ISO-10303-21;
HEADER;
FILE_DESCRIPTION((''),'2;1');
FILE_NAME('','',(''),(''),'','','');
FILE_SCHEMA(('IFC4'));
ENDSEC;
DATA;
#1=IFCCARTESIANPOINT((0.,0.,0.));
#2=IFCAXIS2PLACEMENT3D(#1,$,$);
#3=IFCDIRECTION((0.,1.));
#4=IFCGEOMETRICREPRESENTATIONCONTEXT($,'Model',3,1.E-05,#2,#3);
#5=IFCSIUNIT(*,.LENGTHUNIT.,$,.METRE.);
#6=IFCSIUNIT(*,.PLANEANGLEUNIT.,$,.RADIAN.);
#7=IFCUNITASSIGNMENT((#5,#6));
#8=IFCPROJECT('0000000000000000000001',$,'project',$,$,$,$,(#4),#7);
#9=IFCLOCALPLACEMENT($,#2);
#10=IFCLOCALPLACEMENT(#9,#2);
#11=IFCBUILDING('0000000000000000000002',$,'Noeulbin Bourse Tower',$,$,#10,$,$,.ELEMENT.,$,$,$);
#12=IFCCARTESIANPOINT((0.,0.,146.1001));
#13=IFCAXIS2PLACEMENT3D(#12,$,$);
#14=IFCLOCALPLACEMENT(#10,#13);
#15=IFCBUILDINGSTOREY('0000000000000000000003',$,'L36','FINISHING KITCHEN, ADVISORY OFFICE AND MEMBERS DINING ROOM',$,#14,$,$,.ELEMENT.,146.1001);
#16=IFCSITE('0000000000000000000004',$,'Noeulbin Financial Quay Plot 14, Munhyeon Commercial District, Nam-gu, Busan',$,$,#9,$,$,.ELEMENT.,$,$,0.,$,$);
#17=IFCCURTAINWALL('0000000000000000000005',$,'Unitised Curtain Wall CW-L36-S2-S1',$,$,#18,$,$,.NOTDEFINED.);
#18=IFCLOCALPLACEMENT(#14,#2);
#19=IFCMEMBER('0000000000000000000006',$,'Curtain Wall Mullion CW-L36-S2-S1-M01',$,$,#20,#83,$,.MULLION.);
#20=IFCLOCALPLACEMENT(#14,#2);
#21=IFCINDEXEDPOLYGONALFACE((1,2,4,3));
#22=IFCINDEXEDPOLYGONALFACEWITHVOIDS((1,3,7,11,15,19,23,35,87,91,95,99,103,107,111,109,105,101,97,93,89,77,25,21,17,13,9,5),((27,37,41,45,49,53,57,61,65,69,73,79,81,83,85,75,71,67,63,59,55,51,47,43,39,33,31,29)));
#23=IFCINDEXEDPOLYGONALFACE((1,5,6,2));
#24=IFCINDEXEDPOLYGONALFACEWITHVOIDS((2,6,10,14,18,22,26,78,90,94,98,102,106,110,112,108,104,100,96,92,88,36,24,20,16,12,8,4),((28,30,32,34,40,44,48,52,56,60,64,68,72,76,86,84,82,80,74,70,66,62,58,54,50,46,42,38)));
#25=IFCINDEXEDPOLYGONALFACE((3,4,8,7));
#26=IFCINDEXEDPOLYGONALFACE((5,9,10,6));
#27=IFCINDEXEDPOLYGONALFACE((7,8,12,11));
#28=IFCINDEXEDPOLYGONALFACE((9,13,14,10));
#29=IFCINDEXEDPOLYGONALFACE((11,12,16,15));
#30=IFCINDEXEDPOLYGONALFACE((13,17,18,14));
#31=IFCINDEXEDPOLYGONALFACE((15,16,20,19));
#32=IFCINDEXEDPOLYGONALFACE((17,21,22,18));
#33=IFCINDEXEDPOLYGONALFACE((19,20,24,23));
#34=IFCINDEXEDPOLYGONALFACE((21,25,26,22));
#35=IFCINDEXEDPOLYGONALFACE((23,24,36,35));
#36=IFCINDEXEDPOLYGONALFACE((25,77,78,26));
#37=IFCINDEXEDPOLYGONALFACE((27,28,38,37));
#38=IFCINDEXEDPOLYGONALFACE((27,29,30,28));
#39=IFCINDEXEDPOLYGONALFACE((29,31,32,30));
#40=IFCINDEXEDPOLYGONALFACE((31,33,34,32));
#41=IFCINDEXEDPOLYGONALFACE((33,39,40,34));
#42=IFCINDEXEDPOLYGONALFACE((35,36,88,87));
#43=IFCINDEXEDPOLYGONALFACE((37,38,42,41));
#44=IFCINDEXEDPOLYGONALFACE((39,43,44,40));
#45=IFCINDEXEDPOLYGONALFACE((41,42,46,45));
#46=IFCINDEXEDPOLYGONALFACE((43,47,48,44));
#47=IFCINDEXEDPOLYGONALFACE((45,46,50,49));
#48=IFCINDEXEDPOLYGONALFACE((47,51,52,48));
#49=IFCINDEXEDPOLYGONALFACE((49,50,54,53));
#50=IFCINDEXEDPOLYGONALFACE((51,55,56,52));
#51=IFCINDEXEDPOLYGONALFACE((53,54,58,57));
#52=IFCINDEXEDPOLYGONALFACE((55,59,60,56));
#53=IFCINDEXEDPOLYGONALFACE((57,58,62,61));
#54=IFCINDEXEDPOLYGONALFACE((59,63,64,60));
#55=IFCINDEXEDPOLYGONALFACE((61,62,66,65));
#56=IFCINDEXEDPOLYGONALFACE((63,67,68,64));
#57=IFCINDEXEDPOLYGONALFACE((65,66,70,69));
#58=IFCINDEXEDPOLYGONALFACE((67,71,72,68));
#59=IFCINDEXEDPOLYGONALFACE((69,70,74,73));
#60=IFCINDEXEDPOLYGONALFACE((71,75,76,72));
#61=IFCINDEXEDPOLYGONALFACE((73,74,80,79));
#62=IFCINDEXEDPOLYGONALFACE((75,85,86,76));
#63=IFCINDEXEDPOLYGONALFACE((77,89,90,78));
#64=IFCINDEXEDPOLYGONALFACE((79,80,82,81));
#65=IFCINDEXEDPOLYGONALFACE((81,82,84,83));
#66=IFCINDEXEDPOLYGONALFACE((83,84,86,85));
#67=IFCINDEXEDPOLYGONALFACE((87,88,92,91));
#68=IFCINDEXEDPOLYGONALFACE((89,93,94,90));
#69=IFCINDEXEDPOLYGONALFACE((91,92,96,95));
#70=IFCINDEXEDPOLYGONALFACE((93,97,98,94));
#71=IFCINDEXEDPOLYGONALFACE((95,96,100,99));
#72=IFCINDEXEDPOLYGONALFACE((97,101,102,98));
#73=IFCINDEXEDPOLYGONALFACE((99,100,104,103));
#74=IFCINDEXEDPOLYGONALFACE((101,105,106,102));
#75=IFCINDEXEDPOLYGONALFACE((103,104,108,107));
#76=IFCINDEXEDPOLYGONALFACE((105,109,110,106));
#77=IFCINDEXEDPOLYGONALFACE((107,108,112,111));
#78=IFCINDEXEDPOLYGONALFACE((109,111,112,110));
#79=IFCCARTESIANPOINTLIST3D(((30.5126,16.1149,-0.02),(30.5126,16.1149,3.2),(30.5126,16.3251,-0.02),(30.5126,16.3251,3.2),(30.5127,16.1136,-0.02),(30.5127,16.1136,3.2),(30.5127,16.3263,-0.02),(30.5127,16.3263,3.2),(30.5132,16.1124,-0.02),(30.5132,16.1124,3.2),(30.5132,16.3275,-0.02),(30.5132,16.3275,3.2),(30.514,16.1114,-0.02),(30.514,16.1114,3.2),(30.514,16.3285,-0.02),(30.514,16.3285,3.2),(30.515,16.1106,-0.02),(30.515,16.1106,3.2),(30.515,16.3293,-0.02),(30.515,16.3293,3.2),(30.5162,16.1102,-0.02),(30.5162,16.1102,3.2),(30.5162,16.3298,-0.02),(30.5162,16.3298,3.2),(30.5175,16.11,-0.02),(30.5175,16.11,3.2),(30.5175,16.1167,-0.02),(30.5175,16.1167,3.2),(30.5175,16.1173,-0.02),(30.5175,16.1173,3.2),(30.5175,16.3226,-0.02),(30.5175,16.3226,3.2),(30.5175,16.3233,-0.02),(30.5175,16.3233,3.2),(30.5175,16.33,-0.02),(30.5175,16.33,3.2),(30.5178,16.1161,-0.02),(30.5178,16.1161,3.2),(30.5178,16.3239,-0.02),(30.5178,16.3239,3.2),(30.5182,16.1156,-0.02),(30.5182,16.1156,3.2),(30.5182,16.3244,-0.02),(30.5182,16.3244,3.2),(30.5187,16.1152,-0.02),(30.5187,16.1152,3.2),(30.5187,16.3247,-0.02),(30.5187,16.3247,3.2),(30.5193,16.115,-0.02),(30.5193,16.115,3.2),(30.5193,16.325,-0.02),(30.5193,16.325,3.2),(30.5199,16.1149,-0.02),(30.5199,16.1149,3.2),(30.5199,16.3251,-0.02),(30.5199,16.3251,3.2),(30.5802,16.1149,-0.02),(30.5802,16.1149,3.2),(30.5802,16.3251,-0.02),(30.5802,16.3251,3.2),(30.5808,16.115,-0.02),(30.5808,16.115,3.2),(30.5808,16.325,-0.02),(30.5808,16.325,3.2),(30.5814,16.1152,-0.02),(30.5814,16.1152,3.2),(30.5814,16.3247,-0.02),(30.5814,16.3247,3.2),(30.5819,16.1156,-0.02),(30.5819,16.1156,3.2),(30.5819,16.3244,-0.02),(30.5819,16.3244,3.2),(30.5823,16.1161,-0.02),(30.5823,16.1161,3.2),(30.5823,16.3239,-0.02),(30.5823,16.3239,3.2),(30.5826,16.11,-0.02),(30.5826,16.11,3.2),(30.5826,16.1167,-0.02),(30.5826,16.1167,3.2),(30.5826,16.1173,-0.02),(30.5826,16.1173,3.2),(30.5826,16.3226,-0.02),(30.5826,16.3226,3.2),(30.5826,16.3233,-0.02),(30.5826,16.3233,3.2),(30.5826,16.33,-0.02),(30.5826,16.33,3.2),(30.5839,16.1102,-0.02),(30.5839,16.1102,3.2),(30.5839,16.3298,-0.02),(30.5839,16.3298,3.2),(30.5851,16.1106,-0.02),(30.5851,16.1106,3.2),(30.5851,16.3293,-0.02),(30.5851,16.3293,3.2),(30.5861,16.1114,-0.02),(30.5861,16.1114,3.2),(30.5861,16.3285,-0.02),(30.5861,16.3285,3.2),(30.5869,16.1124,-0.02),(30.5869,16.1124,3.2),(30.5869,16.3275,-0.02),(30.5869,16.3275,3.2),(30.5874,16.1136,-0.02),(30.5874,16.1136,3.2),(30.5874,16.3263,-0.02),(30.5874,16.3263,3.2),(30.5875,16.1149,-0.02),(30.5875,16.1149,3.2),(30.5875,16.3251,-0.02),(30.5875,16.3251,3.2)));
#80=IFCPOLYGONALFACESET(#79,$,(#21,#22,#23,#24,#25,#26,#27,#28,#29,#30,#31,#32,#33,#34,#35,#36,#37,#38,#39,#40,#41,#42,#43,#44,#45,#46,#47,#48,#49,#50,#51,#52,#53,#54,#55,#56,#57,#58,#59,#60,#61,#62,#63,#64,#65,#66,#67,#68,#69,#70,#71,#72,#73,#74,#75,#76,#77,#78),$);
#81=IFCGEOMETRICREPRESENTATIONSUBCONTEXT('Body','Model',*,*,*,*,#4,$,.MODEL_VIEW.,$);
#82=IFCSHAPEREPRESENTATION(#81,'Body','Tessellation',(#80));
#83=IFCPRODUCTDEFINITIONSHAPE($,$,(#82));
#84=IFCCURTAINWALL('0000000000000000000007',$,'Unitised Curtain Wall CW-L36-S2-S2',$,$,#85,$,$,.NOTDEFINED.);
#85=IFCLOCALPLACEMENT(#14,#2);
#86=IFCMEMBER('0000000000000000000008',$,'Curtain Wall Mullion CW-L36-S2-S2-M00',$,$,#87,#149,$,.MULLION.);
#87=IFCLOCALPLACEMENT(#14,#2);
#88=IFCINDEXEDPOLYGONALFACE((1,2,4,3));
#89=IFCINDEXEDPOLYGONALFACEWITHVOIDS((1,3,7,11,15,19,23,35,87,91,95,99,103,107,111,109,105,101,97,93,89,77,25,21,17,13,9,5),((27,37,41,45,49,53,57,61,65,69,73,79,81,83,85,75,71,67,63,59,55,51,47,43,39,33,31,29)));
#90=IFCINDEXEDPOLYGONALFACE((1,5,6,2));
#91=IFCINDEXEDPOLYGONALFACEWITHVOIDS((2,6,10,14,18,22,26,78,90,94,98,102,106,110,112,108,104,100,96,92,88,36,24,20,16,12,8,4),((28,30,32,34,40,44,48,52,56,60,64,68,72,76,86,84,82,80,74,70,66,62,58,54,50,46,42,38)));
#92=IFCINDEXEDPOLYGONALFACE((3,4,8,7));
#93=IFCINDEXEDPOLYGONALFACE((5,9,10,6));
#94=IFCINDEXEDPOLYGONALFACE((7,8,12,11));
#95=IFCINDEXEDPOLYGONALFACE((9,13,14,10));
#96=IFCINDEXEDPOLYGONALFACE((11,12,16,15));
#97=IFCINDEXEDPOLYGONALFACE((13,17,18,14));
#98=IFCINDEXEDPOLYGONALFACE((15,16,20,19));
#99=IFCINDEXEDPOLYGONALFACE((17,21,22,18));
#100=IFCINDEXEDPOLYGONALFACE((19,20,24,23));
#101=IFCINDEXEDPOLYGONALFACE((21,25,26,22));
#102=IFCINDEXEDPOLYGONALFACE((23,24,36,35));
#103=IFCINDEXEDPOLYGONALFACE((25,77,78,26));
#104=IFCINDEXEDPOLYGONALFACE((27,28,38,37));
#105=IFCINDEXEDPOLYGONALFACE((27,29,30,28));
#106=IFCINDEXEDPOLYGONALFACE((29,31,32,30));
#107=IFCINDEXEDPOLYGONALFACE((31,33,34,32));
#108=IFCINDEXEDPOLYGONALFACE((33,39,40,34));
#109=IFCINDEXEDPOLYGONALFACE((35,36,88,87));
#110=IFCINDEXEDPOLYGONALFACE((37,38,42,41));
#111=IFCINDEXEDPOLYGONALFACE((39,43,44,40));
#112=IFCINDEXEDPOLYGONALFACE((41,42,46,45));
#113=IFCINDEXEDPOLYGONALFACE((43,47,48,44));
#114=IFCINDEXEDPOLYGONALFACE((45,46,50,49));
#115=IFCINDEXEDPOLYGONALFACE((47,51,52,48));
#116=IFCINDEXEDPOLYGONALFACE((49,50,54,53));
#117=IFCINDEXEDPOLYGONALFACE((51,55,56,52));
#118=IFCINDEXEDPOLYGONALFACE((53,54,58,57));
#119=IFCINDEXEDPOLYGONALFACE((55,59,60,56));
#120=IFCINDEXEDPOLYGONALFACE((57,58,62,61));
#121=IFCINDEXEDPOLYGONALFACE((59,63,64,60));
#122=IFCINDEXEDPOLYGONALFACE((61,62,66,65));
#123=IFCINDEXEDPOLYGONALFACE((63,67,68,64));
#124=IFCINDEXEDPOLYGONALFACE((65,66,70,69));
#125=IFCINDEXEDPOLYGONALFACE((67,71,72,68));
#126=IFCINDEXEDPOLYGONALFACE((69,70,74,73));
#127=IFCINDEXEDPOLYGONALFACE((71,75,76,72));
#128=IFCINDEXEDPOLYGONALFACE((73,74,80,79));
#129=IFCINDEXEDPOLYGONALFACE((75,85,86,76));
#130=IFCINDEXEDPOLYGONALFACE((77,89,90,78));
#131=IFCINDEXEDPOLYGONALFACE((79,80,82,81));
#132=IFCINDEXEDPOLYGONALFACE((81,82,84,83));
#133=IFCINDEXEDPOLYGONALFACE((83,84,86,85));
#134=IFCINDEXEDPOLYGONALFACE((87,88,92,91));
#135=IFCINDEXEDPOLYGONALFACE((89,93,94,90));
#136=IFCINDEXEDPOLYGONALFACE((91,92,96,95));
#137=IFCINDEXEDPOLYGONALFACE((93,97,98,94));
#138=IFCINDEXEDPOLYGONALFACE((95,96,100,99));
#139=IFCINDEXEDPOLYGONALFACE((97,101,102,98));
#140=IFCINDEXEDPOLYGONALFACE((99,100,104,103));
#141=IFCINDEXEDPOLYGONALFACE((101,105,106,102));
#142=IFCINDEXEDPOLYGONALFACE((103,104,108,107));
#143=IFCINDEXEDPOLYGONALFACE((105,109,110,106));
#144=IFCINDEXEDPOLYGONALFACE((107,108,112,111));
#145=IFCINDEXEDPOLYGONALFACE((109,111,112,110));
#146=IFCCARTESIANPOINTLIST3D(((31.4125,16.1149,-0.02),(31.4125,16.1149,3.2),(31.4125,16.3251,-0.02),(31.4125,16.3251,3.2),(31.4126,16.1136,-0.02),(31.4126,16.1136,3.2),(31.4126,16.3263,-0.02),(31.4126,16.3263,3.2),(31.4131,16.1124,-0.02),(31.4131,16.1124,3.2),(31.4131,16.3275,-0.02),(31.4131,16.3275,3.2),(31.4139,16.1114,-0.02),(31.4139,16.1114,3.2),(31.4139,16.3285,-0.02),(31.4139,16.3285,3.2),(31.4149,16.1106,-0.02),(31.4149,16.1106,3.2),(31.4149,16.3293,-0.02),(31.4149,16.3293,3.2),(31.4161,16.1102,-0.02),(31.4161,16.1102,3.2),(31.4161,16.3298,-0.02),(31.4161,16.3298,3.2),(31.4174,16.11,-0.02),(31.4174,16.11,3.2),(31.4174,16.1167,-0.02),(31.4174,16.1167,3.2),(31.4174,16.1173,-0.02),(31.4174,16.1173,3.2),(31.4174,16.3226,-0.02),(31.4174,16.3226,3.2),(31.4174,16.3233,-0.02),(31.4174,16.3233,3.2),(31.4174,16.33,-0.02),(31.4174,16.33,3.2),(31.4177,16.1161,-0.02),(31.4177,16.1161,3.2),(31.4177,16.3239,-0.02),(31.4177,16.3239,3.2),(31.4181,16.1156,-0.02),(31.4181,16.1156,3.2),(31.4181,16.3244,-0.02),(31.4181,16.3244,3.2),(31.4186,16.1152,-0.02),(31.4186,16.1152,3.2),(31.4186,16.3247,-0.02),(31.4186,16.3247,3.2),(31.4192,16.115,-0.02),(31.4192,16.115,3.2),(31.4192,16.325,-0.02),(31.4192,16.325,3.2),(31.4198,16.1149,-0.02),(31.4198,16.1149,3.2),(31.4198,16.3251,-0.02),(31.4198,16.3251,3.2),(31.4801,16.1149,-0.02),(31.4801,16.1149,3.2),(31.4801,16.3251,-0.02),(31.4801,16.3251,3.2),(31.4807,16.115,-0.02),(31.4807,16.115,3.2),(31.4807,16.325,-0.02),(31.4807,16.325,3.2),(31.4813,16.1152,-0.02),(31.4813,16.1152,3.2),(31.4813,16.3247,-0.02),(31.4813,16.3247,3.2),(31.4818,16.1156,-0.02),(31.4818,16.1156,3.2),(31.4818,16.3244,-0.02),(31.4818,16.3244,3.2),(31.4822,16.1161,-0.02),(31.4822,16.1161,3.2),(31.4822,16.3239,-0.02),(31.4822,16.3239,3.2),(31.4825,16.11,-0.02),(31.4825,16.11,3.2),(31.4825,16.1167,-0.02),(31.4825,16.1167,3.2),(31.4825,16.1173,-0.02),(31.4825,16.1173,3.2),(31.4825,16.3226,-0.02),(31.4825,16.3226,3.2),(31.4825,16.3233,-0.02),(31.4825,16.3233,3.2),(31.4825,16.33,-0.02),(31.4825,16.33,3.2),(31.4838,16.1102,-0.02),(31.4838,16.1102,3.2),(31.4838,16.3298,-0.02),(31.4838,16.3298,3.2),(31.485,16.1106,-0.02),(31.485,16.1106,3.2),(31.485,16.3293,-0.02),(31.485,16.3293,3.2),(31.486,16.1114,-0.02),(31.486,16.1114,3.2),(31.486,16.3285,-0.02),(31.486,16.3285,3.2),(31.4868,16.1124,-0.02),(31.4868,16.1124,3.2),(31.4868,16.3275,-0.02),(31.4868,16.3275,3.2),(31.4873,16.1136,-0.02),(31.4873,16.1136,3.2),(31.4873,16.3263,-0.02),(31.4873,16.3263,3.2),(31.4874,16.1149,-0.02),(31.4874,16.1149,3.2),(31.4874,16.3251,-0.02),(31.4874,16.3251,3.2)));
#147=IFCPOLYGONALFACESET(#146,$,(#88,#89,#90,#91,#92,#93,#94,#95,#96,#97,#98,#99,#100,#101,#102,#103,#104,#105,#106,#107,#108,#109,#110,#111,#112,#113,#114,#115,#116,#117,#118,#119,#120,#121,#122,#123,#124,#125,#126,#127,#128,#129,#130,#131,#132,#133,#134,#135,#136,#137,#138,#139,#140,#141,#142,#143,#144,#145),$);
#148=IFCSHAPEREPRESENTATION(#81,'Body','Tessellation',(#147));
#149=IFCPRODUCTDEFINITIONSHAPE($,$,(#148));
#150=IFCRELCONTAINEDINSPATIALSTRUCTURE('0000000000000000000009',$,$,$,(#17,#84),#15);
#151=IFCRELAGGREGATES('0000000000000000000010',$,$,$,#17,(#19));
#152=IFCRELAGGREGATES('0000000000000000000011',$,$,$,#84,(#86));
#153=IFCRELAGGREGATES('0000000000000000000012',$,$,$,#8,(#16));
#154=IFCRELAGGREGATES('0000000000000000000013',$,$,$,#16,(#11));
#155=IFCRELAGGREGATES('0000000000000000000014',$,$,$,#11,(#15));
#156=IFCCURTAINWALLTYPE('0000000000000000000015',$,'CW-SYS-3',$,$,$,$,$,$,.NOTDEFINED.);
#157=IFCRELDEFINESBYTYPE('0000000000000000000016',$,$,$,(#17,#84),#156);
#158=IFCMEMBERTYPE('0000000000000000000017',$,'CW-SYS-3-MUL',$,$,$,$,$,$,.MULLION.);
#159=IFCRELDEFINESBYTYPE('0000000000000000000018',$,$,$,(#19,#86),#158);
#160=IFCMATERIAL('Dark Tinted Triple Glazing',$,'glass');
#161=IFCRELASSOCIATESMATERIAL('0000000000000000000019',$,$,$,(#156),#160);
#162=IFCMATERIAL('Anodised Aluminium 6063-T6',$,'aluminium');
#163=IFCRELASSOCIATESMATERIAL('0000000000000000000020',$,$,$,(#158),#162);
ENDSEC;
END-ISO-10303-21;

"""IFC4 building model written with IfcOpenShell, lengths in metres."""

from ifc_helpers import new_model, si_unit, direction, frame, origin, origin_2d, place, context, subcontext, project, spatial, hollow_rectangle, extrude, material, material_profile, profile_set, type_object, element, aggregate, save


model = new_model("IFC4")

# Units and contexts
model_context = context("Model", 3, precision=1e-05, world=origin(), true_north=direction((0.0, 1.0)))
body_context = subcontext(model_context, "Body", "Model", "MODEL_VIEW")
ifc_project = project(units=[si_unit("LENGTHUNIT", "METRE"), si_unit("PLANEANGLEUNIT", "RADIAN")], contexts=[model_context])

# Site, building, storey
site_placement = place(None, origin())
site = spatial("IfcSite", under=ifc_project, at=site_placement, Name="Noeulbin Financial Quay Plot 14, Munhyeon Commercial District, Nam-gu, Busan", CompositionType="ELEMENT", RefElevation=0.0)
building_placement = place(site_placement, origin())
building = spatial("IfcBuilding", under=site, at=building_placement, Name="Noeulbin Bourse Tower", CompositionType="ELEMENT")
storey_placement = place(building_placement, frame((0.0, 0.0, 146.1001)))
storey = spatial("IfcBuildingStorey", under=building, at=storey_placement, Name="L36", Description="FINISHING KITCHEN, ADVISORY OFFICE AND MEMBERS DINING ROOM", CompositionType="ELEMENT", Elevation=146.1001)

# Curtain walls, members
ifc_material_1 = material(Name="Dark Tinted Triple Glazing", Category="glass")
curtain_wall_type = type_object("IfcCurtainWallType", Name="CW-SYS-3", PredefinedType="NOTDEFINED", material=ifc_material_1)
curtain_wall_1_placement = place(storey_placement, origin())
curtain_wall_1 = element("IfcCurtainWall", 1, at=curtain_wall_1_placement, inside=storey, type_object=curtain_wall_type, Name="Unitised Curtain Wall CW-L36-S2-S1", PredefinedType="NOTDEFINED")
ifc_material_2 = material(Name="Anodised Aluminium 6063-T6", Category="aluminium")
ifc_material_profile_1 = material_profile(ifc_material_2, hollow_rectangle(XDim=0.075, YDim=0.22, WallThickness=0.0049, InnerFilletRadius=0.0024, OuterFilletRadius=0.0049, at=origin_2d()), Name="ALU-MULL-75x220x5", Category="LoadBearing")
ifc_profile_set_1 = profile_set([ifc_material_profile_1], Name="Anodised Aluminium 6063-T6")
member_type_1 = type_object("IfcMemberType", Name="CW-SYS-3-MUL", PredefinedType="MULLION", material=ifc_profile_set_1)
member_1_placement = place(storey_placement, frame((30.55, 16.22, -0.02), z_axis=(0.0, 0.0, 1.0), x_axis=(1.0, 0.0, 0.0)))
member_1 = element("IfcMember", 2, at=member_1_placement, type_object=member_type_1, Name="Curtain Wall Mullion CW-L36-S2-S1-M01", PredefinedType="MULLION", context=body_context, shape_type="SweptSolid", body=[
    extrude(hollow_rectangle(XDim=0.075, YDim=0.22, WallThickness=0.0049, InnerFilletRadius=0.0024, OuterFilletRadius=0.0049, at=origin_2d()), origin(), (0.0, 0.0, 1.0), 3.22),
])
curtain_wall_2_placement = place(storey_placement, origin())
curtain_wall_2 = element("IfcCurtainWall", 3, at=curtain_wall_2_placement, inside=storey, type_object=curtain_wall_type, Name="Unitised Curtain Wall CW-L36-S2-S2", PredefinedType="NOTDEFINED")
member_2_placement = place(storey_placement, frame((31.45, 16.22, -0.02), z_axis=(0.0, 0.0, 1.0), x_axis=(1.0, 0.0, 0.0)))
member_2 = element("IfcMember", 4, at=member_2_placement, type_object=member_type_1, Name="Curtain Wall Mullion CW-L36-S2-S2-M00", PredefinedType="MULLION", context=body_context, shape_type="SweptSolid", body=[
    extrude(hollow_rectangle(XDim=0.075, YDim=0.22, WallThickness=0.0049, InnerFilletRadius=0.0024, OuterFilletRadius=0.0049, at=origin_2d()), origin(), (0.0, 0.0, 1.0), 3.22),
])

aggregate(curtain_wall_1, [member_1])
aggregate(curtain_wall_2, [member_2])

save(model, "model.ifc")
